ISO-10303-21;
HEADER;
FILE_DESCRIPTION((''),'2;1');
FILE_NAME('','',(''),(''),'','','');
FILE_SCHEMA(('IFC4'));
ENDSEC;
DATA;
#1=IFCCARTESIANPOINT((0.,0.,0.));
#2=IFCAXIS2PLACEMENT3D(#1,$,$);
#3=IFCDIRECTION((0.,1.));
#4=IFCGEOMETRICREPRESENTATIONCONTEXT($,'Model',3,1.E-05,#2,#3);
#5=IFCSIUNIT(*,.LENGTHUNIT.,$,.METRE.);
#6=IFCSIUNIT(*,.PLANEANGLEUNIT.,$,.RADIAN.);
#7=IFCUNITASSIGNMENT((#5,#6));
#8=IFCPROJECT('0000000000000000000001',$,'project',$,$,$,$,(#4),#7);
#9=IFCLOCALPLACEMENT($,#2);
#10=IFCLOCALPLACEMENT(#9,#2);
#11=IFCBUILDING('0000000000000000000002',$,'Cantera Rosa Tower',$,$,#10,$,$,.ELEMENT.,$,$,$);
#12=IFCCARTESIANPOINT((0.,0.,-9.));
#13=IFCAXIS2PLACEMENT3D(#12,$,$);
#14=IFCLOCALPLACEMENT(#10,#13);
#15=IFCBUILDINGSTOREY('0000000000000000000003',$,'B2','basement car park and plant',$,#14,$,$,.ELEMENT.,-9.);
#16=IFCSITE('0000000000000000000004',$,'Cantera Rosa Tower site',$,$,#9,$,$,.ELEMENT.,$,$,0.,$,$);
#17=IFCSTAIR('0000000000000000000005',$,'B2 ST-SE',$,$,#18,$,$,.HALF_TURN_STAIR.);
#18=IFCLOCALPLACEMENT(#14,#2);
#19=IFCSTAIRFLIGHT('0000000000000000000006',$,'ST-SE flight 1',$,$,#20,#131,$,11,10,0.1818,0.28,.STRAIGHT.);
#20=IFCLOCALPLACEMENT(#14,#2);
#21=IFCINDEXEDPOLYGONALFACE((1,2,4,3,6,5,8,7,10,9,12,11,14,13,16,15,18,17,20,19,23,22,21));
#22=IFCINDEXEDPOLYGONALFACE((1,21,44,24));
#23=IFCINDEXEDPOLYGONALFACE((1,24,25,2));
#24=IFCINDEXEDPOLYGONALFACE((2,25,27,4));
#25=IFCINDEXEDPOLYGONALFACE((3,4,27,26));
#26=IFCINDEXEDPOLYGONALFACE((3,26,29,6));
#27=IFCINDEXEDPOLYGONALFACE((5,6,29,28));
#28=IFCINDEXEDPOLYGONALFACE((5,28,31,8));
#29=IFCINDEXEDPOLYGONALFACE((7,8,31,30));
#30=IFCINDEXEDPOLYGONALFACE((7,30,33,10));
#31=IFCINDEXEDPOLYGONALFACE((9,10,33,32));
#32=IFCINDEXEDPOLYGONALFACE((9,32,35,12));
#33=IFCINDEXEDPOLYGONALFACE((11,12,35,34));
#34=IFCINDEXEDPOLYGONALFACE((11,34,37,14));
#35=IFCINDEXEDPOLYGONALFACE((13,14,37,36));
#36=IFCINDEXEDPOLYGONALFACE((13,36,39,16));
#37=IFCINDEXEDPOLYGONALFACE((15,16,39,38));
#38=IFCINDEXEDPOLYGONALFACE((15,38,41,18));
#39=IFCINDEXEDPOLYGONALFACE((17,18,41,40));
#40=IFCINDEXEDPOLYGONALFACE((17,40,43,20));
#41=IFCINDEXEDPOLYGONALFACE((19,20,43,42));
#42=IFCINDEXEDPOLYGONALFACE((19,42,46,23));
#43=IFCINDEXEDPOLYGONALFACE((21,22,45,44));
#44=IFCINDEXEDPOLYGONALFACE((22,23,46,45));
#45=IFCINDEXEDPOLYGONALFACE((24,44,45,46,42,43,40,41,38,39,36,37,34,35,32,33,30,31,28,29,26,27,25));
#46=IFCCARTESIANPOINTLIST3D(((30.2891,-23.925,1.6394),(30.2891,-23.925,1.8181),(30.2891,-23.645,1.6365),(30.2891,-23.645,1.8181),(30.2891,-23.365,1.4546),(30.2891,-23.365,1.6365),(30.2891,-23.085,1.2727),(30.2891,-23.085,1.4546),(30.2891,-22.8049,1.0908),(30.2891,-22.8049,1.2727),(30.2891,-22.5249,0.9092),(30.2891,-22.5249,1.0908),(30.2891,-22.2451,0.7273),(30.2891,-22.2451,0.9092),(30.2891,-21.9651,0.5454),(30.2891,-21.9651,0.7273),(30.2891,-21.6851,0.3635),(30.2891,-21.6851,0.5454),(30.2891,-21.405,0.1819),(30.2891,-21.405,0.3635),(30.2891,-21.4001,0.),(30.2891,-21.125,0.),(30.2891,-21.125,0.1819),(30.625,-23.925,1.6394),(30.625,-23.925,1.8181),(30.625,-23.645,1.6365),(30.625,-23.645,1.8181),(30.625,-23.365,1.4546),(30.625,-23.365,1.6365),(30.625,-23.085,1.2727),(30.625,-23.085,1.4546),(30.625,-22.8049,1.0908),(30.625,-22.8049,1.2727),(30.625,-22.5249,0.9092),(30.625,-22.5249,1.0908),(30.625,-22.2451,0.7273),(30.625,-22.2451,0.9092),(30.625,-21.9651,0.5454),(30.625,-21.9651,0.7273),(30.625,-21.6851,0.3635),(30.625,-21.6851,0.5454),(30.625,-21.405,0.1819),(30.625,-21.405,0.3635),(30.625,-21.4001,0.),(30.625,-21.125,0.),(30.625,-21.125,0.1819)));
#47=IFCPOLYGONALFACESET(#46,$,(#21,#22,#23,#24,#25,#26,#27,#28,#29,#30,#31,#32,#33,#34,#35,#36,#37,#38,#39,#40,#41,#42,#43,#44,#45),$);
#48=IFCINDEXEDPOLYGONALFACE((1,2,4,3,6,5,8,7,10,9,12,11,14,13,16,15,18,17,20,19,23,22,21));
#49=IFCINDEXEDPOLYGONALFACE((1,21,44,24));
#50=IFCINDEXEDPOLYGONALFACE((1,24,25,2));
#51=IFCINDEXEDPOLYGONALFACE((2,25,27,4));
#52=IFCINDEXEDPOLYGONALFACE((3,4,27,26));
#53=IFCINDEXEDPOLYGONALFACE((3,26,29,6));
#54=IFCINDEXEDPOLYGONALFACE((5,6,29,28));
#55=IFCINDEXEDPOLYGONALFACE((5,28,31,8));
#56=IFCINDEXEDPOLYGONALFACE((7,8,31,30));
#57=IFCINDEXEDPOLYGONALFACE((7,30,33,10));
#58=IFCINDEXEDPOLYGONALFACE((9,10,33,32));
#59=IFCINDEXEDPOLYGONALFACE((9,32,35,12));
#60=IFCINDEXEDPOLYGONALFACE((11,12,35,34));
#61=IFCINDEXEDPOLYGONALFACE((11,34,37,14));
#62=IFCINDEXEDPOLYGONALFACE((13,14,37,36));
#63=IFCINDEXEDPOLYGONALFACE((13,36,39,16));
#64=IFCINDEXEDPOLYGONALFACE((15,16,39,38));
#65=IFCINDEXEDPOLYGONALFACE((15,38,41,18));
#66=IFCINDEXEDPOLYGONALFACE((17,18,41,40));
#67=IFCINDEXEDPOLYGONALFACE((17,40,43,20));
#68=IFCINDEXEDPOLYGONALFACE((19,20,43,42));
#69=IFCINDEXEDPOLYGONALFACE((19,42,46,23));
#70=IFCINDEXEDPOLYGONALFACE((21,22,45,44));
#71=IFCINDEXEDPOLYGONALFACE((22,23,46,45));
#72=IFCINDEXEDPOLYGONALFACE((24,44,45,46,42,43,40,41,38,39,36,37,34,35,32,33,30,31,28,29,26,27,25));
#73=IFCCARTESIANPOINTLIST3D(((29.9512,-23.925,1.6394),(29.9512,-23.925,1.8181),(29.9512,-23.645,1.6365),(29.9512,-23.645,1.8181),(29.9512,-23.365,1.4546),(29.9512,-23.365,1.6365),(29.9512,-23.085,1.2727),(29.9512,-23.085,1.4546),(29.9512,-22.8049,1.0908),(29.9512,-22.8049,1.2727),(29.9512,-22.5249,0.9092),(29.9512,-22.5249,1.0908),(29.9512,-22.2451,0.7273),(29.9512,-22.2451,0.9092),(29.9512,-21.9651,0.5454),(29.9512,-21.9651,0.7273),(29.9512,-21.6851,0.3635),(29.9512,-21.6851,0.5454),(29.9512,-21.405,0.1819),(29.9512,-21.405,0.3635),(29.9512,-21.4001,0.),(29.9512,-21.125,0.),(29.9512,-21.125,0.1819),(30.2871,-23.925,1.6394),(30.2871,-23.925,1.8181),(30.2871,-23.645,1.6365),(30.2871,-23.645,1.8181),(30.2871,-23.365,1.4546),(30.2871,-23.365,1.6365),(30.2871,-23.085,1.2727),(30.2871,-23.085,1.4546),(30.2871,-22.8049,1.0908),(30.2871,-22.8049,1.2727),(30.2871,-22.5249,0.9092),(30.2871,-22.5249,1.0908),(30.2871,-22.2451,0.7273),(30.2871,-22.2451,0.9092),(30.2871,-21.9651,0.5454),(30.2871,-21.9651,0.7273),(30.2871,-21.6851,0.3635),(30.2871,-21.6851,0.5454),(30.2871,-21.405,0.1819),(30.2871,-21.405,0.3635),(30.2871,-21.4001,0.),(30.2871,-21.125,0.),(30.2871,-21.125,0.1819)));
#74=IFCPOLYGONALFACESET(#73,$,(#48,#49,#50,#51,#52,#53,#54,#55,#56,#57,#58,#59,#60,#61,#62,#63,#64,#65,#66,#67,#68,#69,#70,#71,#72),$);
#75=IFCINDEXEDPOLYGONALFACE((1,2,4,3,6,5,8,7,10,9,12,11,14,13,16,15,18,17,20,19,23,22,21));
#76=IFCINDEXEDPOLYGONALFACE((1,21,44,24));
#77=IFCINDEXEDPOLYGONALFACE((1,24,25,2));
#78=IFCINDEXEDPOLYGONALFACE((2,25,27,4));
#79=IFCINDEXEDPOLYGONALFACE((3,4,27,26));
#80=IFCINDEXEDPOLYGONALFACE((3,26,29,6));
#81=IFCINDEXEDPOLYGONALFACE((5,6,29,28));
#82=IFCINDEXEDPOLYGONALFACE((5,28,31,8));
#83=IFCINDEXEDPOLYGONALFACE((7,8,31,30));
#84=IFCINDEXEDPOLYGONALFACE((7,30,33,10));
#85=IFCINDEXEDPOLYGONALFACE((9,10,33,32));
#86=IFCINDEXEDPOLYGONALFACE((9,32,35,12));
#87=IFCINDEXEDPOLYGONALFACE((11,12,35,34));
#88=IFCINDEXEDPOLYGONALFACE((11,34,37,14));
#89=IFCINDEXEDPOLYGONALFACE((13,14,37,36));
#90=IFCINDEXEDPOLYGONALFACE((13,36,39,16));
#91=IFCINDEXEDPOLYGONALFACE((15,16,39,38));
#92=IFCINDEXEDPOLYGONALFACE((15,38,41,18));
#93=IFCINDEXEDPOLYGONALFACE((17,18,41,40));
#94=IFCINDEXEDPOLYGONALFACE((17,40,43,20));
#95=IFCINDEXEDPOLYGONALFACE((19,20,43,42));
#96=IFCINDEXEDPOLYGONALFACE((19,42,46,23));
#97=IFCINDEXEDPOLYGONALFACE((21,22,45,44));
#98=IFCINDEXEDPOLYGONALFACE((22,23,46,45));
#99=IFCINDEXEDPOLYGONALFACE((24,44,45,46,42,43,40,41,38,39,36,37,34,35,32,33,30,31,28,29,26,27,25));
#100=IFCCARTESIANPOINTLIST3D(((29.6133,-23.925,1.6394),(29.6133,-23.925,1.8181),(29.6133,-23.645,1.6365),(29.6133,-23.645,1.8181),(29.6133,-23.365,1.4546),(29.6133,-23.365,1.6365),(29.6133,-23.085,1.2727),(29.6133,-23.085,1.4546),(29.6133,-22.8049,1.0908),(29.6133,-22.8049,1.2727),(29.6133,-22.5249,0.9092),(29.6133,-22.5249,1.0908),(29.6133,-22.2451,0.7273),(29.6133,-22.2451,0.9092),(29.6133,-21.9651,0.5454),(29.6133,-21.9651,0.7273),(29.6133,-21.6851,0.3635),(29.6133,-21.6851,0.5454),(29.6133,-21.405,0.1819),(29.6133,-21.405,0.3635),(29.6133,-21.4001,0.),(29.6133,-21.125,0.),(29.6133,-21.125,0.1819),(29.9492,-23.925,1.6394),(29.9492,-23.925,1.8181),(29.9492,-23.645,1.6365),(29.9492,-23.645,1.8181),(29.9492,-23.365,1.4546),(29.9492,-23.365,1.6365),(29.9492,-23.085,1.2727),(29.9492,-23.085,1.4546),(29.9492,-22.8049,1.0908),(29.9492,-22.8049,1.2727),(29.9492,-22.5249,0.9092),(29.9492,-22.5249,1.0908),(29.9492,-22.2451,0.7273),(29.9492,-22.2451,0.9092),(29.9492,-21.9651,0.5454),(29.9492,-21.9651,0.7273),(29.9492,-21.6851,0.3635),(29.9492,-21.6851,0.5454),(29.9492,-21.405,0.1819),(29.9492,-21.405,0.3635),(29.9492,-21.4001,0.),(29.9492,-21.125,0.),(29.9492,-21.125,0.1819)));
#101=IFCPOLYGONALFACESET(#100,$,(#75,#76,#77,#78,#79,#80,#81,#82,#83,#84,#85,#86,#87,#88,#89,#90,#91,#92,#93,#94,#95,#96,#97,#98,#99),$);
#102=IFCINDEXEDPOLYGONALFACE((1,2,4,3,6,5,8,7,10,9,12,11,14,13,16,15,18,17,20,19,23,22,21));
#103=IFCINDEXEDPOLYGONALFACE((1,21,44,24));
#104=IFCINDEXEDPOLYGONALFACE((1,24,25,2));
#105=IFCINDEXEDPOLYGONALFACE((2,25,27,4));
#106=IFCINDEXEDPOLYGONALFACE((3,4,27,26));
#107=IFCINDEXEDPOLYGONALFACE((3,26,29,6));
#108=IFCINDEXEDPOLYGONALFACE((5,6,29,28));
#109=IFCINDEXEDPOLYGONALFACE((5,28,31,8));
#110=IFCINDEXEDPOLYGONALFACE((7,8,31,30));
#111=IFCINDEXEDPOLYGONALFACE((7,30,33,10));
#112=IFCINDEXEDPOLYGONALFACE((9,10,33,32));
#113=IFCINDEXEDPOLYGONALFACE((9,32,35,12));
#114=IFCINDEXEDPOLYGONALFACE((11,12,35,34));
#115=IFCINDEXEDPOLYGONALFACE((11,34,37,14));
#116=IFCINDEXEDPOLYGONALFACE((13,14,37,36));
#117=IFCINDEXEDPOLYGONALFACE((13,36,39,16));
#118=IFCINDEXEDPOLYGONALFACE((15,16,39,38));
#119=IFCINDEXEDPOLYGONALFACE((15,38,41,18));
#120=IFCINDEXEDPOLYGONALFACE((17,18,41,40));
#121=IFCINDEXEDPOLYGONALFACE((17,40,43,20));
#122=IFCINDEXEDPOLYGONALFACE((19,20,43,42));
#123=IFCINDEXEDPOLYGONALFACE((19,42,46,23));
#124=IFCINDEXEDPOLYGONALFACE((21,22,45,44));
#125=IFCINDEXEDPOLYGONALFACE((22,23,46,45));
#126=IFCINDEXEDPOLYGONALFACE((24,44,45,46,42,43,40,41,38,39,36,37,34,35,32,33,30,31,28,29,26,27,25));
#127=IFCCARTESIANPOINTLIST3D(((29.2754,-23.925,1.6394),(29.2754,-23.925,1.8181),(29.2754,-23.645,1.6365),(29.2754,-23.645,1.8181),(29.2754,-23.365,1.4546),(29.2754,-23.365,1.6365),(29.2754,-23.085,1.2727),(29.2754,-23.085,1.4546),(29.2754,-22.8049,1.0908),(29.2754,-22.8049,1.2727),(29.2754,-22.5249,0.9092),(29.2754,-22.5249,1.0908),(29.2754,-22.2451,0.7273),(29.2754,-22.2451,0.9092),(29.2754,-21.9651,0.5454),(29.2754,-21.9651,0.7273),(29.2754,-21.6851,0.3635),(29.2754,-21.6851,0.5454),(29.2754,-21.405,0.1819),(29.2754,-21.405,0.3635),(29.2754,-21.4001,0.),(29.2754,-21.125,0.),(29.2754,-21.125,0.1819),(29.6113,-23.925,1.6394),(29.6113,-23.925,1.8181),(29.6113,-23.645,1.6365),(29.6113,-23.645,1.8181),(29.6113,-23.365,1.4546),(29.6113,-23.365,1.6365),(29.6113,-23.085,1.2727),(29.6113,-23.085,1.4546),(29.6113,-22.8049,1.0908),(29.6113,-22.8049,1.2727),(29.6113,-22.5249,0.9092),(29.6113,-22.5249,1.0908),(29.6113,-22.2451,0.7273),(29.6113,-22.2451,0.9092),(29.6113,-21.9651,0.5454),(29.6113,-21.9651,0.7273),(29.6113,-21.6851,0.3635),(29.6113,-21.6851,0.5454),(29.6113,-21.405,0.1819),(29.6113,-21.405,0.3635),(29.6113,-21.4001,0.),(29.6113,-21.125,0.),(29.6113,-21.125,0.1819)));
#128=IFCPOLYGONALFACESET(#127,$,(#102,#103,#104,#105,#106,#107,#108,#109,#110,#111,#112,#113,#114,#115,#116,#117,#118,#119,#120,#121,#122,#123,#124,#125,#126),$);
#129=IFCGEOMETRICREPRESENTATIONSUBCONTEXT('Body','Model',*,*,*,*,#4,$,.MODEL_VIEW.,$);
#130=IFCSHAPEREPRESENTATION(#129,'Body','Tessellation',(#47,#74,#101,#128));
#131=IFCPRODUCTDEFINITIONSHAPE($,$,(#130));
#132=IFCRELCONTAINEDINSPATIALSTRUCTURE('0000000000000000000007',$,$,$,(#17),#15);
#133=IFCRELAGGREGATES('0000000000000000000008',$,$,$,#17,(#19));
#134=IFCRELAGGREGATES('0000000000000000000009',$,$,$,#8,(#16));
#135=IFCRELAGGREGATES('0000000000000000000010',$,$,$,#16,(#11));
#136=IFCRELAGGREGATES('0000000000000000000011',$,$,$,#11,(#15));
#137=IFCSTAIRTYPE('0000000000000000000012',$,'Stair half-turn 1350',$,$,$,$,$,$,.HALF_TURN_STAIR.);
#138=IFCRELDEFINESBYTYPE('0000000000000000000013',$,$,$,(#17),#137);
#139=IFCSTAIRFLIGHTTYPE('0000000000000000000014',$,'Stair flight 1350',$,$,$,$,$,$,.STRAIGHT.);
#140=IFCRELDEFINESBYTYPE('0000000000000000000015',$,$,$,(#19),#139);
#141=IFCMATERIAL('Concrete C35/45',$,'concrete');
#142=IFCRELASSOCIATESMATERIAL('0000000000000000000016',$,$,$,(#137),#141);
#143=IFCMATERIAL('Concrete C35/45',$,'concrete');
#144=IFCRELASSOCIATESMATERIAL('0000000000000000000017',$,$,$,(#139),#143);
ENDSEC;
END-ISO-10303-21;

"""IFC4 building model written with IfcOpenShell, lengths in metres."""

from ifc_helpers import new_model, si_unit, direction, frame, origin, place, context, subcontext, project, spatial, polyline, outline, extrude, material, type_object, element, aggregate, save


model = new_model("IFC4")

# Units and contexts
model_context = context("Model", 3, precision=1e-05, world=origin(), true_north=direction((0.0, 1.0)))
body_context = subcontext(model_context, "Body", "Model", "MODEL_VIEW")
ifc_project = project(units=[si_unit("LENGTHUNIT", "METRE"), si_unit("PLANEANGLEUNIT", "RADIAN")], contexts=[model_context])

# Site, building, storey
site_placement = place(None, origin())
site = spatial("IfcSite", under=ifc_project, at=site_placement, Name="Cantera Rosa Tower site", CompositionType="ELEMENT", RefElevation=0.0)
building_placement = place(site_placement, origin())
building = spatial("IfcBuilding", under=site, at=building_placement, Name="Cantera Rosa Tower", CompositionType="ELEMENT")
storey_placement = place(building_placement, frame((0.0, 0.0, -9.0)))
storey = spatial("IfcBuildingStorey", under=building, at=storey_placement, Name="B2", Description="basement car park and plant", CompositionType="ELEMENT", Elevation=-9.0)

# Stair, stair flight
ifc_material_1 = material(Name="Concrete C35/45", Category="concrete")
stair_type = type_object("IfcStairType", Name="Stair half-turn 1350", PredefinedType="HALF_TURN_STAIR", material=ifc_material_1)
stair_placement = place(storey_placement, origin())
stair = element("IfcStair", 1, at=stair_placement, inside=storey, type_object=stair_type, Name="B2 ST-SE", PredefinedType="HALF_TURN_STAIR")
ifc_material_2 = material(Name="Concrete C35/45", Category="concrete")
stair_flight_type = type_object("IfcStairFlightType", Name="Stair flight 1350", PredefinedType="STRAIGHT", material=ifc_material_2)
stair_flight_1_placement = place(storey_placement, frame((29.95, -21.125, 0.0), z_axis=(0.0, 0.0, 1.0), x_axis=(0.0, -1.0, 0.0)))
stair_flight_1 = element("IfcStairFlight", 2, at=stair_flight_1_placement, type_object=stair_flight_type, Name="ST-SE flight 1", NumberOfRisers=11, NumberOfTreads=10, PredefinedType="STRAIGHT", RiserHeight=0.1818, TreadLength=0.28, context=body_context, shape_type="SweptSolid", body=[
    extrude(outline(polyline([(0.0, 0.0), (0.0, 0.1819), (0.28, 0.1819), (0.28, 0.3635), (0.5601, 0.3635), (0.5601, 0.5454), (0.8401, 0.5454), (0.8401, 0.7273), (1.1201, 0.7273), (1.1201, 0.9092), (1.3999, 0.9092), (1.3999, 1.0908), (1.6799, 1.0908), (1.6799, 1.2727), (1.96, 1.2727), (1.96, 1.4546), (2.24, 1.4546), (2.24, 1.6365), (2.52, 1.6365), (2.52, 1.8181), (2.8, 1.8181), (2.8, 2.0), (2.8, 1.6394), (0.2751, 0.0), (0.0, 0.0)])), frame((0.0, 0.675, 0.0), z_axis=(0.0, -1.0, 0.0), x_axis=(1.0, 0.0, 0.0)), (0.0, 0.0, 1.0), 0.3359),
    extrude(outline(polyline([(0.0, 0.0), (0.0, 0.1819), (0.28, 0.1819), (0.28, 0.3635), (0.5601, 0.3635), (0.5601, 0.5454), (0.8401, 0.5454), (0.8401, 0.7273), (1.1201, 0.7273), (1.1201, 0.9092), (1.3999, 0.9092), (1.3999, 1.0908), (1.6799, 1.0908), (1.6799, 1.2727), (1.96, 1.2727), (1.96, 1.4546), (2.24, 1.4546), (2.24, 1.6365), (2.52, 1.6365), (2.52, 1.8181), (2.8, 1.8181), (2.8, 2.0), (2.8, 1.6394), (0.2751, 0.0), (0.0, 0.0)])), frame((0.0, 0.3372, 0.0), z_axis=(0.0, -1.0, 0.0), x_axis=(1.0, 0.0, 0.0)), (0.0, 0.0, 1.0), 0.3359),
    extrude(outline(polyline([(0.0, 0.0), (0.0, 0.1819), (0.28, 0.1819), (0.28, 0.3635), (0.5601, 0.3635), (0.5601, 0.5454), (0.8401, 0.5454), (0.8401, 0.7273), (1.1201, 0.7273), (1.1201, 0.9092), (1.3999, 0.9092), (1.3999, 1.0908), (1.6799, 1.0908), (1.6799, 1.2727), (1.96, 1.2727), (1.96, 1.4546), (2.24, 1.4546), (2.24, 1.6365), (2.52, 1.6365), (2.52, 1.8181), (2.8, 1.8181), (2.8, 2.0), (2.8, 1.6394), (0.2751, 0.0), (0.0, 0.0)])), frame((0.0, -0.0007, 0.0), z_axis=(0.0, -1.0, 0.0), x_axis=(1.0, 0.0, 0.0)), (0.0, 0.0, 1.0), 0.3359),
    extrude(outline(polyline([(0.0, 0.0), (0.0, 0.1819), (0.28, 0.1819), (0.28, 0.3635), (0.5601, 0.3635), (0.5601, 0.5454), (0.8401, 0.5454), (0.8401, 0.7273), (1.1201, 0.7273), (1.1201, 0.9092), (1.3999, 0.9092), (1.3999, 1.0908), (1.6799, 1.0908), (1.6799, 1.2727), (1.96, 1.2727), (1.96, 1.4546), (2.24, 1.4546), (2.24, 1.6365), (2.52, 1.6365), (2.52, 1.8181), (2.8, 1.8181), (2.8, 2.0), (2.8, 1.6394), (0.2751, 0.0), (0.0, 0.0)])), frame((0.0, -0.3386, 0.0), z_axis=(0.0, -1.0, 0.0), x_axis=(1.0, 0.0, 0.0)), (0.0, 0.0, 1.0), 0.3359),
])
aggregate(stair, [stair_flight_1])

save(model, "model.ifc")
